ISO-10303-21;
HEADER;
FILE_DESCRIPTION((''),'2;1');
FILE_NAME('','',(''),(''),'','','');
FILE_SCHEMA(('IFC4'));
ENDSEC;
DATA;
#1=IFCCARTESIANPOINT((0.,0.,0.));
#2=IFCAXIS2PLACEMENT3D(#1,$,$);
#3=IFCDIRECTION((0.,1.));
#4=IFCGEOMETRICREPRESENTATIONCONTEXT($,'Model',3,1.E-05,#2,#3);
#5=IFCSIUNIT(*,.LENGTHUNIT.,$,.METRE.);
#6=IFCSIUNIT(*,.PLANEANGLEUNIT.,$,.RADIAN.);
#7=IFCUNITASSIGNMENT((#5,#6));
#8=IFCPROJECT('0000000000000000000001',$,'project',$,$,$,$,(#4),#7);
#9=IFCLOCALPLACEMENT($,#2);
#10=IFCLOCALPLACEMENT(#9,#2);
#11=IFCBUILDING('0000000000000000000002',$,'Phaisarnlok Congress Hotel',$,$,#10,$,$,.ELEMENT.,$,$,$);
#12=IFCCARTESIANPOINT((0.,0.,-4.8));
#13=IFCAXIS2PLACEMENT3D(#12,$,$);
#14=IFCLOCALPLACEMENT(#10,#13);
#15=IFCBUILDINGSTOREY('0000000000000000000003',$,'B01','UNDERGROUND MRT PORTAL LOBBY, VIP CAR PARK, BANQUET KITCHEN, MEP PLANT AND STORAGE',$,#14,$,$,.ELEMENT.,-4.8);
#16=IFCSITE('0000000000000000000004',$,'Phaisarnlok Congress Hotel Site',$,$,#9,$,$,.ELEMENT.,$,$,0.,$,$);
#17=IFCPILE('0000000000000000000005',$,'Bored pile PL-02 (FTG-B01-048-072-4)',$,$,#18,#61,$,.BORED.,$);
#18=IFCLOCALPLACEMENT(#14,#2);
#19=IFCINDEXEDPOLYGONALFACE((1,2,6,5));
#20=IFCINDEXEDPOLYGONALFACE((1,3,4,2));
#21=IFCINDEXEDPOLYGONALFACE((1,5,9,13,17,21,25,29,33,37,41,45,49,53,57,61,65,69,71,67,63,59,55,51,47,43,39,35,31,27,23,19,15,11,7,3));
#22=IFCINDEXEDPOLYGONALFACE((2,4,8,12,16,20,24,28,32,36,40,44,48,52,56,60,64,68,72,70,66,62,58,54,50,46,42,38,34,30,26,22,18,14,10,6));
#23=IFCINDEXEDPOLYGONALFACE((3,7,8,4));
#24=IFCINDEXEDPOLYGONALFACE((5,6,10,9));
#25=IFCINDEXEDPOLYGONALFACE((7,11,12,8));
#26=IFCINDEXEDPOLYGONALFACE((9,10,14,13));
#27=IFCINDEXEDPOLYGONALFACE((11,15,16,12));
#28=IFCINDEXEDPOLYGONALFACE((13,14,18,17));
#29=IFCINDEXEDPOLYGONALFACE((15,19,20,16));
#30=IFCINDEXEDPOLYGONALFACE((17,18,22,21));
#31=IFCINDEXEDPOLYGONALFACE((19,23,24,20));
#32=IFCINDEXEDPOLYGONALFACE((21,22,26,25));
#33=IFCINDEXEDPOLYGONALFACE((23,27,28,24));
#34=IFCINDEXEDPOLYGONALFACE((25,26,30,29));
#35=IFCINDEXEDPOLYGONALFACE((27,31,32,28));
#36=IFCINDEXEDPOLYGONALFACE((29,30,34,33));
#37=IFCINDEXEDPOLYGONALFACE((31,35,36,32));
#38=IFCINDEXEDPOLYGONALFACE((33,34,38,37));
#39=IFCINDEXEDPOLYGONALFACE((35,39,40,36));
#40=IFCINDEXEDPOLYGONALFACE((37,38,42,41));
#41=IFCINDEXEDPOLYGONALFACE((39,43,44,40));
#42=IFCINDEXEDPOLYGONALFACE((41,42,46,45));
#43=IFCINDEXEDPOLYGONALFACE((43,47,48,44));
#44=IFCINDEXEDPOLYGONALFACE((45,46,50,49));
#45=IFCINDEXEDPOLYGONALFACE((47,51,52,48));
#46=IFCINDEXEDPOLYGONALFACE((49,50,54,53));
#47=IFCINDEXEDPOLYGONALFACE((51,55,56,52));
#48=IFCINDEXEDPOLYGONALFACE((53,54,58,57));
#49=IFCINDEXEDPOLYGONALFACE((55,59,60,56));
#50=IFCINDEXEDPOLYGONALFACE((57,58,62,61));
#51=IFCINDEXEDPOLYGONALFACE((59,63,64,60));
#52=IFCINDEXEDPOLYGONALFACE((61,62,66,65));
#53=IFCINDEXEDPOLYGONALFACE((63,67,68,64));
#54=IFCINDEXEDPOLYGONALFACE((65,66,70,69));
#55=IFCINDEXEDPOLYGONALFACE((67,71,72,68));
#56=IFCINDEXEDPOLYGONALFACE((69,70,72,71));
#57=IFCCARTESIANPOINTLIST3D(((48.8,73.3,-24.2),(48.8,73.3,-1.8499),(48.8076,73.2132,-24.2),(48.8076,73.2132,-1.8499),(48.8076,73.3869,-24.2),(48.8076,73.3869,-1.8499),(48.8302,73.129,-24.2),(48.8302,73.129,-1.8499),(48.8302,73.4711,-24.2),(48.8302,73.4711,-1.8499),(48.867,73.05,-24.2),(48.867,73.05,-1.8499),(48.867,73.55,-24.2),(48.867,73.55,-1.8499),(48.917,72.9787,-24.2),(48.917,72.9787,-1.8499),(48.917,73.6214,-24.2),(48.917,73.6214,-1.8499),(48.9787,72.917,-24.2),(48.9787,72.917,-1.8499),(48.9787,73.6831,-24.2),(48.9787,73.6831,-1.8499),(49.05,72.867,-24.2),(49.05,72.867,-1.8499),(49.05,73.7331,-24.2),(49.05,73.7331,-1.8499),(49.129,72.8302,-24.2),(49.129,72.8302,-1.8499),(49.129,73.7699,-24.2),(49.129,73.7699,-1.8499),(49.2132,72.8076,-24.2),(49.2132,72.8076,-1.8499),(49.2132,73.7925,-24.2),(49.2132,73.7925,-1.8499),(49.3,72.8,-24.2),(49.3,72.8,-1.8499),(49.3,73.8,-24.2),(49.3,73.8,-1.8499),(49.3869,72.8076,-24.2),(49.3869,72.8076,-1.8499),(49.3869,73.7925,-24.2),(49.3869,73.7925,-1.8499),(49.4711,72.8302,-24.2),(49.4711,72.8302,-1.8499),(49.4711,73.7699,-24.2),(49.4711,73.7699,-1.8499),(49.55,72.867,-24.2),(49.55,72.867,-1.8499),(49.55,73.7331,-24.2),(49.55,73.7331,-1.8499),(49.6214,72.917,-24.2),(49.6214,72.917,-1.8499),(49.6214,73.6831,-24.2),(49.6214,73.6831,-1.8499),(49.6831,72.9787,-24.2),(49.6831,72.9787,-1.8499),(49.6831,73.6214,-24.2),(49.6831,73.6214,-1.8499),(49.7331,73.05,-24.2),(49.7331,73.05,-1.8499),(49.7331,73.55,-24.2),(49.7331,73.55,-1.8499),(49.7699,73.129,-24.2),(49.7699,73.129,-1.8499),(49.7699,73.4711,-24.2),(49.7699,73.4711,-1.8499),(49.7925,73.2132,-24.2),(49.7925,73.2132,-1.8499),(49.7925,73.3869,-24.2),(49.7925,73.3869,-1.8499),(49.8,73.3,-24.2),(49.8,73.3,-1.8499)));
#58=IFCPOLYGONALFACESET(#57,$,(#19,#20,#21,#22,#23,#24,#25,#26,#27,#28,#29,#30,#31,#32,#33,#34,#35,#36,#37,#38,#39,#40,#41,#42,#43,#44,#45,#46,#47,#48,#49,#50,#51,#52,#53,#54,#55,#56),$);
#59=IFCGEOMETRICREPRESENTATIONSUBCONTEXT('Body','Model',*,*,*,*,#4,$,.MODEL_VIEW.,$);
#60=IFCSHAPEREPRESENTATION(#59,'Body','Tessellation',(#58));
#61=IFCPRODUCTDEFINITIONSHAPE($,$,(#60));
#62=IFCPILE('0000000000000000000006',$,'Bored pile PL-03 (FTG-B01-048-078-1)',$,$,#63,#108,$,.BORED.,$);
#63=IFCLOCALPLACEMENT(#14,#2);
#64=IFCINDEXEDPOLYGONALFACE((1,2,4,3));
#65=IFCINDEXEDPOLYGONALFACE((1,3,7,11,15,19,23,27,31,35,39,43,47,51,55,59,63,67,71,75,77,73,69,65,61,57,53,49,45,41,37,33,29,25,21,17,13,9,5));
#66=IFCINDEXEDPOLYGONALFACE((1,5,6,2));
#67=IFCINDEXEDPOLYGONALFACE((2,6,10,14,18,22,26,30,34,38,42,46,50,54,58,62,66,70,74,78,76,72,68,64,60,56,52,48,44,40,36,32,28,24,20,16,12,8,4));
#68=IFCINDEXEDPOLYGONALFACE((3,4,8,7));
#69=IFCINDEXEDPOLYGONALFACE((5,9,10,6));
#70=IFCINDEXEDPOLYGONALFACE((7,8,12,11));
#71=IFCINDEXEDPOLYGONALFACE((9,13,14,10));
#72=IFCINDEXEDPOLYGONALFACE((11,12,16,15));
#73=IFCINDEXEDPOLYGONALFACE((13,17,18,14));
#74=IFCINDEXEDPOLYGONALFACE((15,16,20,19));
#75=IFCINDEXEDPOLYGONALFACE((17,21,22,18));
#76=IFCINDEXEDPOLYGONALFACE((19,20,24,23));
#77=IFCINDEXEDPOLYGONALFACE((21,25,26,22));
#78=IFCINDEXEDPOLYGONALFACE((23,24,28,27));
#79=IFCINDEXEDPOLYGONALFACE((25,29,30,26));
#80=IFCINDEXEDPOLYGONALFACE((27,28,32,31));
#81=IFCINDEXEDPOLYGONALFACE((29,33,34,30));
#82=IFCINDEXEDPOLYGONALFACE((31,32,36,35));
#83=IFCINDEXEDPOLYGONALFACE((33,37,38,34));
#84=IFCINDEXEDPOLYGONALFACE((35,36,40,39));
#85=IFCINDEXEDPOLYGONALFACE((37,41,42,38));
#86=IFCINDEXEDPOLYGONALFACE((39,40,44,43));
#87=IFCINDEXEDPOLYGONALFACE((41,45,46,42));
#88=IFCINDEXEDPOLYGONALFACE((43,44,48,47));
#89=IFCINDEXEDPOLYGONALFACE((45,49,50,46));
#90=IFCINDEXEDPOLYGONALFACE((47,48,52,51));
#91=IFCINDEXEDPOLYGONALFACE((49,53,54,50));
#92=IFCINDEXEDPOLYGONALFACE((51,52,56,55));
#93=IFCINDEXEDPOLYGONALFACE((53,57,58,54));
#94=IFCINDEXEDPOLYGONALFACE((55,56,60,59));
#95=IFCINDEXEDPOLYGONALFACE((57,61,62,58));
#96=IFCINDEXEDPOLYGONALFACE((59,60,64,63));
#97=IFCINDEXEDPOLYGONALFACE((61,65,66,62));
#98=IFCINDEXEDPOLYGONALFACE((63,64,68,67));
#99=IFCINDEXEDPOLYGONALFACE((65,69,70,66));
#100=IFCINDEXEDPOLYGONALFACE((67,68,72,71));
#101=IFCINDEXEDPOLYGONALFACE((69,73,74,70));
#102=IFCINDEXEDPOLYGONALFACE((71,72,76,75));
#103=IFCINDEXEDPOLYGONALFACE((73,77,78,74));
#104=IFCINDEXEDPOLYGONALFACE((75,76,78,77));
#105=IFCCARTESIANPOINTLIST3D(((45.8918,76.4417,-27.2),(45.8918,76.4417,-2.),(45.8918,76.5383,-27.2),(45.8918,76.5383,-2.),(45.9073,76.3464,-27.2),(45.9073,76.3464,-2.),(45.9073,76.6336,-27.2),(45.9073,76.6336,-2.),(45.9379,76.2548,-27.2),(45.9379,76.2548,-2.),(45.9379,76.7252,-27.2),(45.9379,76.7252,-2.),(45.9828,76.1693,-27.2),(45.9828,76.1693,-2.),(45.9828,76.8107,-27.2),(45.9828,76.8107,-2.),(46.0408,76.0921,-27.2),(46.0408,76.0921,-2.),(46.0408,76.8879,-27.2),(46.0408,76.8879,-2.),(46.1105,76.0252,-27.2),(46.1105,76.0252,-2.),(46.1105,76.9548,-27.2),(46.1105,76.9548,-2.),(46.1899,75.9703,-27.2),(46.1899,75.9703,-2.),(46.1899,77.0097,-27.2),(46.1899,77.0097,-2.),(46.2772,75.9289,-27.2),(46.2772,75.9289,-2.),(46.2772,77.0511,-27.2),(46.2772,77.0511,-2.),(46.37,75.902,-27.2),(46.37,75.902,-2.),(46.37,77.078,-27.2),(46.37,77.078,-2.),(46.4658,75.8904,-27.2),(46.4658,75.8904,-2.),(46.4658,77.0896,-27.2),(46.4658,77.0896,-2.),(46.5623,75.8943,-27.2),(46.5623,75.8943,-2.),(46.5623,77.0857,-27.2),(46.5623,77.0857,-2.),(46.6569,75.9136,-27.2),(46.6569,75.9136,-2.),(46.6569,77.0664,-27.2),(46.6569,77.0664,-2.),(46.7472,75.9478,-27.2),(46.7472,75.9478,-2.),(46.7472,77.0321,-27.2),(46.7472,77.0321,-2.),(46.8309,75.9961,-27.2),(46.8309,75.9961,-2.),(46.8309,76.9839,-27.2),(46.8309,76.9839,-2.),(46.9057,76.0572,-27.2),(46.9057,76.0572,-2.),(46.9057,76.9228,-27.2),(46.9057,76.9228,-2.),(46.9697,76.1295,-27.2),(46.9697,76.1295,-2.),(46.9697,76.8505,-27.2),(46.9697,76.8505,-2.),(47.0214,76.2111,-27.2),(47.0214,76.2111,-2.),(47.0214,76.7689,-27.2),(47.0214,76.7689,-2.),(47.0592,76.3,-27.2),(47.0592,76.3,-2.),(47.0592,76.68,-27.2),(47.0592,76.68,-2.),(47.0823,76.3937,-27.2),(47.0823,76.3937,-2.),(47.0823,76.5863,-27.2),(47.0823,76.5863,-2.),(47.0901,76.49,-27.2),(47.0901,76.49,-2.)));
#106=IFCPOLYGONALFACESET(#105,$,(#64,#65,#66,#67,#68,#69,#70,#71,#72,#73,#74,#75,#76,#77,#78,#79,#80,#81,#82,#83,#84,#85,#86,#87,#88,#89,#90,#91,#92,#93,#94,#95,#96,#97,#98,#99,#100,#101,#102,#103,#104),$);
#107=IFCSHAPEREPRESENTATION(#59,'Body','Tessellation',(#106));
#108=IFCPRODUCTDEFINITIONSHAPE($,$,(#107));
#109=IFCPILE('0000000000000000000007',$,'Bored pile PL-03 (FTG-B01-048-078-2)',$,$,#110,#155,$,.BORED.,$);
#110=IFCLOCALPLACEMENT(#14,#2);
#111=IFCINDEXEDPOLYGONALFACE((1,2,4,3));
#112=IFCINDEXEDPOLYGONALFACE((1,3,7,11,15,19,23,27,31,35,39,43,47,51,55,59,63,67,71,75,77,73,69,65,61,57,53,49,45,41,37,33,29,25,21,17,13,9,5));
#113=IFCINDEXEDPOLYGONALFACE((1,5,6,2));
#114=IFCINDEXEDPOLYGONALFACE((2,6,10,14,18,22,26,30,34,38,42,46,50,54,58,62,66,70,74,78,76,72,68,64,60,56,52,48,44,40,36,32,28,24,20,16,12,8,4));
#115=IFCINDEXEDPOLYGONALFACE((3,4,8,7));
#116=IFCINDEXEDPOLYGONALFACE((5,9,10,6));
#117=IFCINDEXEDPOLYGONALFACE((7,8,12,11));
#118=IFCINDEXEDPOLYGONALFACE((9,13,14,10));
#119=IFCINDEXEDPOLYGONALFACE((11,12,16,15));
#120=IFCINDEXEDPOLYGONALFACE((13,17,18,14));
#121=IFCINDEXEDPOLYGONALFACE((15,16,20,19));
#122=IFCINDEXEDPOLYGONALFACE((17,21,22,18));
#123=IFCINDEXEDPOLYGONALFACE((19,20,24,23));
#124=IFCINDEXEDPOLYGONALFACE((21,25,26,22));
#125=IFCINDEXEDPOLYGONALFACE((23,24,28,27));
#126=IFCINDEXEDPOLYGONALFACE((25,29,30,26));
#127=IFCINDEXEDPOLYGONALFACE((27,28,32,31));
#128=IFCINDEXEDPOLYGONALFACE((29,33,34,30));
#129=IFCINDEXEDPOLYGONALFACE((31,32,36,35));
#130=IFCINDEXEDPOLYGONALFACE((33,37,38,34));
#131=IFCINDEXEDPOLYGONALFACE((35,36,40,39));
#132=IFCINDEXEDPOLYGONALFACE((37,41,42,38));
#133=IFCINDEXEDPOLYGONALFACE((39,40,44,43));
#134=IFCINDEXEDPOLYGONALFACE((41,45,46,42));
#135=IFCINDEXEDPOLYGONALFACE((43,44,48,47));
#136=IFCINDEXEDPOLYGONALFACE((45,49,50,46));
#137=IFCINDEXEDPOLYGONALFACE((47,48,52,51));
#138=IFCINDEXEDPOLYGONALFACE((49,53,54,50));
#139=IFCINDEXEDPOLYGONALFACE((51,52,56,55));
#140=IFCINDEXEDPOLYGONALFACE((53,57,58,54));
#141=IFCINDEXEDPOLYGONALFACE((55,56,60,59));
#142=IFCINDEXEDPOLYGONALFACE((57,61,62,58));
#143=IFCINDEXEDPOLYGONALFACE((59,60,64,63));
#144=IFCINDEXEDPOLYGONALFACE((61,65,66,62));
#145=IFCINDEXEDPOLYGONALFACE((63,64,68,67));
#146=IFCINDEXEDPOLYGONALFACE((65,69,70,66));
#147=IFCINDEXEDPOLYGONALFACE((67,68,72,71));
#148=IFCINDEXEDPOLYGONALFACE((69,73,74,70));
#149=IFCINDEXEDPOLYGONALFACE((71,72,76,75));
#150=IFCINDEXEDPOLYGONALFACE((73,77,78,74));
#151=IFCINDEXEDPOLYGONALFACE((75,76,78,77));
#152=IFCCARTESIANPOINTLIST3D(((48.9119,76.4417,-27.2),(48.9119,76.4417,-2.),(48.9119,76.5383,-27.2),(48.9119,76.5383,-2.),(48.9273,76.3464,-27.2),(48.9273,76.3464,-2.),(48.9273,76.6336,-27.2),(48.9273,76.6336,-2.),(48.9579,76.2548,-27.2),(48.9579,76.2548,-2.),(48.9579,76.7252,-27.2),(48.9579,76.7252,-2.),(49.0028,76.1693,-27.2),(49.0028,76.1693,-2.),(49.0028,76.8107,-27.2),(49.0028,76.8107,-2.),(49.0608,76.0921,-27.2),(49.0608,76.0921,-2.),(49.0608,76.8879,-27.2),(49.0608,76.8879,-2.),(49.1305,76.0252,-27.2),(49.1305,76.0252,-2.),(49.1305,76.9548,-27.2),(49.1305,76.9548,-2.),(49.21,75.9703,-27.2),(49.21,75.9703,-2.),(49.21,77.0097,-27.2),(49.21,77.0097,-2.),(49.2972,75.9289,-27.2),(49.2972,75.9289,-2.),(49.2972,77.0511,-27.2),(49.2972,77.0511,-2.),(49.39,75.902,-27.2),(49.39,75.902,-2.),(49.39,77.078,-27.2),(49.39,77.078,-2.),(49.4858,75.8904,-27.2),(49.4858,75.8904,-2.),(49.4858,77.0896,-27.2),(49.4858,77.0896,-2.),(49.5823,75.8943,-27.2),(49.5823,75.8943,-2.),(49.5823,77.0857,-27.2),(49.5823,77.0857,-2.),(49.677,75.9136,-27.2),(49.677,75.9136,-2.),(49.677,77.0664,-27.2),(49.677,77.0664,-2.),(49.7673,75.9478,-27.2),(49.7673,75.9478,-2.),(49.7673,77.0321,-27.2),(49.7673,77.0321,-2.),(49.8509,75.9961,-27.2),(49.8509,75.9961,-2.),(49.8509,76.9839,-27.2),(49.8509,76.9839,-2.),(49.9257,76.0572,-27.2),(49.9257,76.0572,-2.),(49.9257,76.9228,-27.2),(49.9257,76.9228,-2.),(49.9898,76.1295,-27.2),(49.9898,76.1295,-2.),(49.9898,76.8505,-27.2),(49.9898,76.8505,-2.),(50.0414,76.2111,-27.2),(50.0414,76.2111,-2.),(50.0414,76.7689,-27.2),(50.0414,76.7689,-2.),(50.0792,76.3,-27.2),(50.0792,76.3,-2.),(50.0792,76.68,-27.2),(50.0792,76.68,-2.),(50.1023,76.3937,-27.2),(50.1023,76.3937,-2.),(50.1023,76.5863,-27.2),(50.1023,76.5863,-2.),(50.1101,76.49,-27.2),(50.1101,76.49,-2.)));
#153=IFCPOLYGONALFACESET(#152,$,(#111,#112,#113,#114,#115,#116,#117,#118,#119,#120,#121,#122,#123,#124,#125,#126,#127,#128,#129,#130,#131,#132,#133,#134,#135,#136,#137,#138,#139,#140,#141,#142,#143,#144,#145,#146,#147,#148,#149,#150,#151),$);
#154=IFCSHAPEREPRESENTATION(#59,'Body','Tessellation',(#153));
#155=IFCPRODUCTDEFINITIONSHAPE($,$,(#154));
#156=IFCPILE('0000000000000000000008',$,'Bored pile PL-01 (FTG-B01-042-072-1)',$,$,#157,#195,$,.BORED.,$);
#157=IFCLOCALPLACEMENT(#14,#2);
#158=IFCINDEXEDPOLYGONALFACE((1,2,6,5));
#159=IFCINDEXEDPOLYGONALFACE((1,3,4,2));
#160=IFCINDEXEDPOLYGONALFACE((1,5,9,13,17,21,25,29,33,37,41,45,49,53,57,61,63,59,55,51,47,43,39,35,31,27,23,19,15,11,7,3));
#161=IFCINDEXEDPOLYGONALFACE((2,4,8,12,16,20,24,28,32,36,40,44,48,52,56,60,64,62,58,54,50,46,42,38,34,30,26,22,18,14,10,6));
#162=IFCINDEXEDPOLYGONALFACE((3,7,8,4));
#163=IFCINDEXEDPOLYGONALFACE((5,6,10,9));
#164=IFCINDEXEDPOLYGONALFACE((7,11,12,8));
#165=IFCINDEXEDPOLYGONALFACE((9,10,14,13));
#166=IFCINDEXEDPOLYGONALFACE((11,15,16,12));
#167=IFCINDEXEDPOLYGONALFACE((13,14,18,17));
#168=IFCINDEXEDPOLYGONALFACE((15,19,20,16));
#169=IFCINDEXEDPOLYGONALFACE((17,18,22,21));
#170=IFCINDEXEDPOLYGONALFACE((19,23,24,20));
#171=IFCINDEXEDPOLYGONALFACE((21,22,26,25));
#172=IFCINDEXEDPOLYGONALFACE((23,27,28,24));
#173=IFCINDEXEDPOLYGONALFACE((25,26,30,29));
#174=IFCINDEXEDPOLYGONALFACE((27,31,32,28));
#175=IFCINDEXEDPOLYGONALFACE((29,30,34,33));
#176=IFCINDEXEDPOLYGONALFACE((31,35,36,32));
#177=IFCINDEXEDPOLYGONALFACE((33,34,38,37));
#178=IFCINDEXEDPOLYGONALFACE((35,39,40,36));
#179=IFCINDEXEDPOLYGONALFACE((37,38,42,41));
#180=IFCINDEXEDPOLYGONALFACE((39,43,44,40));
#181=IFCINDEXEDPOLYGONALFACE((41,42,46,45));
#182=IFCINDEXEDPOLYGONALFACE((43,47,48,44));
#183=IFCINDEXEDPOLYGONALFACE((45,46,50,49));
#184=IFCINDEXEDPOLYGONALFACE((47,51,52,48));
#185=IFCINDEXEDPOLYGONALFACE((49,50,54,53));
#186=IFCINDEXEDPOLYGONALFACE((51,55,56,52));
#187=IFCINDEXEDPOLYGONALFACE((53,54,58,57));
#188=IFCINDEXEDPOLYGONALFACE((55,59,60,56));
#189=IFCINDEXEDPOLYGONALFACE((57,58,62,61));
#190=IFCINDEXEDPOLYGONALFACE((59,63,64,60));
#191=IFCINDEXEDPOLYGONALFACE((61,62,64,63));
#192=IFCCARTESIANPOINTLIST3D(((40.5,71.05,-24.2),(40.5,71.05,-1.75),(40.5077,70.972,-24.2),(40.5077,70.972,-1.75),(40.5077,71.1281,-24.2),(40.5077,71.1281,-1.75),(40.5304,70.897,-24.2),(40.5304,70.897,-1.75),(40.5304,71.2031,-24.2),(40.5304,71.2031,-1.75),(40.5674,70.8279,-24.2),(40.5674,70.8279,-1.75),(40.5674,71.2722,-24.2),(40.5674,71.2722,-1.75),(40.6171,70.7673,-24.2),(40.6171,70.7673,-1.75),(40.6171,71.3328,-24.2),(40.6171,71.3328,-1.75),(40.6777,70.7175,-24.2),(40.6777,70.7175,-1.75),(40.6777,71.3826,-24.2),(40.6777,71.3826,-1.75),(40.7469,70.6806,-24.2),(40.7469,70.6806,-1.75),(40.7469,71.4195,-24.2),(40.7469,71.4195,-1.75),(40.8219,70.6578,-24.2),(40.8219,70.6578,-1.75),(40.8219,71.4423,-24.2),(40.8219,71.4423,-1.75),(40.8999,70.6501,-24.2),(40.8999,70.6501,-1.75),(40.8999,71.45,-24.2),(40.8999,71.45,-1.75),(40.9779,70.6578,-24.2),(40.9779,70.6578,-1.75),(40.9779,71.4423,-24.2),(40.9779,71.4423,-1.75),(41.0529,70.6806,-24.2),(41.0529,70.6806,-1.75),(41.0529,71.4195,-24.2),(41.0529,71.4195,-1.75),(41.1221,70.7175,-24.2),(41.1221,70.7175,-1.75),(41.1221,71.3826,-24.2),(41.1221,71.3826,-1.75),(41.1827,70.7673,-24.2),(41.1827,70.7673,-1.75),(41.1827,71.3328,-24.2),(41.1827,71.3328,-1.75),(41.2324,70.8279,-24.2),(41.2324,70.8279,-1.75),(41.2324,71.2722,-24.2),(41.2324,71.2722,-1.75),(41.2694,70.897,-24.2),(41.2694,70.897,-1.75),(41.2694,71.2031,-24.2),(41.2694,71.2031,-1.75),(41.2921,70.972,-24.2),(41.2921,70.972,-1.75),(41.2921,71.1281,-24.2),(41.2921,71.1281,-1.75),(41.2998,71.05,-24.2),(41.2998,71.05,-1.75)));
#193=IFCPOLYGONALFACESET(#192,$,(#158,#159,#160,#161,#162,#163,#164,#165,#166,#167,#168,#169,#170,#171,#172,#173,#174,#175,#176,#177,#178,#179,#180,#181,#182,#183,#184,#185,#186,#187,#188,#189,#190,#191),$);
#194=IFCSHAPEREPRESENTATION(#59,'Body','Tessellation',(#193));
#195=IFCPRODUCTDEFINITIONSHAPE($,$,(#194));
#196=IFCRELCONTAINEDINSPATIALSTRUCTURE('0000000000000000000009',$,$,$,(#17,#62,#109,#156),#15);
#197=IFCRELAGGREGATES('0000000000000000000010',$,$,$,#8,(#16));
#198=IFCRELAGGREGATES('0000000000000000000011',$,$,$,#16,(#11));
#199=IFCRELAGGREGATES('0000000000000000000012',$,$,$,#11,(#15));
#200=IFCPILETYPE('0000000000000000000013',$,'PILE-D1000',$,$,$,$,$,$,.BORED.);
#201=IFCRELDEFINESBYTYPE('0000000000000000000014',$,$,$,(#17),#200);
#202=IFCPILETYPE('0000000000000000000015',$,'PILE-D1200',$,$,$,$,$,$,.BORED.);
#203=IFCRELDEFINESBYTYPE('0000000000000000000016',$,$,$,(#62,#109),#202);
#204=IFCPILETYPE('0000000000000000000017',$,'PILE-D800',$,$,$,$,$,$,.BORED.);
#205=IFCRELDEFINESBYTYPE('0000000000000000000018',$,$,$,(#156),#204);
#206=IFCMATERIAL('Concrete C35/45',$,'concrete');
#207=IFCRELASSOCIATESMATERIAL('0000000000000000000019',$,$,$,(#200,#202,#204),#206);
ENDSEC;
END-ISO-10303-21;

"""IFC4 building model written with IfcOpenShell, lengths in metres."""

from ifc_helpers import new_model, si_unit, direction, frame, origin, origin_2d, place, context, subcontext, project, spatial, circle, extrude, material, material_profile, profile_set, type_object, element, save


model = new_model("IFC4")

# Units and contexts
model_context = context("Model", 3, precision=1e-05, world=origin(), true_north=direction((0.0, 1.0)))
body_context = subcontext(model_context, "Body", "Model", "MODEL_VIEW")
ifc_project = project(units=[si_unit("LENGTHUNIT", "METRE"), si_unit("PLANEANGLEUNIT", "RADIAN")], contexts=[model_context])

# Site, building, storey
site_placement = place(None, origin())
site = spatial("IfcSite", under=ifc_project, at=site_placement, Name="Phaisarnlok Congress Hotel Site", CompositionType="ELEMENT", RefElevation=0.0)
building_placement = place(site_placement, origin())
building = spatial("IfcBuilding", under=site, at=building_placement, Name="Phaisarnlok Congress Hotel", CompositionType="ELEMENT")
storey_placement = place(building_placement, frame((0.0, 0.0, -4.8)))
storey = spatial("IfcBuildingStorey", under=building, at=storey_placement, Name="B01", Description="UNDERGROUND MRT PORTAL LOBBY, VIP CAR PARK, BANQUET KITCHEN, MEP PLANT AND STORAGE", CompositionType="ELEMENT", Elevation=-4.8)

# Piles
ifc_material_1 = material(Name="Concrete C35/45", Category="concrete")
ifc_material_profile_1 = material_profile(ifc_material_1, circle(Radius=0.5, at=origin_2d()), Name="BORED PILE D1000")
ifc_profile_set_1 = profile_set([ifc_material_profile_1], Name="Concrete C35/45")
pile_type_1 = type_object("IfcPileType", Name="PILE-D1000", PredefinedType="BORED", material=ifc_profile_set_1)
for number, where, z_axis, x_axis, name in (
    (1, (49.3, 73.3, -1.8499), (0.0, 0.0, -1.0), (1.0, 0.0, 0.0), "Bored pile PL-02 (FTG-B01-048-072-4)"),
):
    element("IfcPile", number, at=place(storey_placement, frame(where, z_axis=z_axis, x_axis=x_axis)), inside=storey, type_object=pile_type_1, Name=name, PredefinedType="BORED", context=body_context, shape_type="SweptSolid", body=[
        extrude(circle(Radius=0.5, at=origin_2d()), origin(), (0.0, 0.0, 1.0), 22.3501),
    ])
ifc_material_profile_2 = material_profile(ifc_material_1, circle(Radius=0.6001, at=origin_2d()), Name="BORED PILE D1200")
ifc_profile_set_2 = profile_set([ifc_material_profile_2], Name="Concrete C35/45")
pile_type_2 = type_object("IfcPileType", Name="PILE-D1200", PredefinedType="BORED", material=ifc_profile_set_2)
for number, where, z_axis, x_axis, name in (
    (2, (46.49, 76.49, -2.0), (0.0, 0.0, -1.0), (1.0, 0.0, 0.0), "Bored pile PL-03 (FTG-B01-048-078-1)"),
    (3, (49.51, 76.49, -2.0), (0.0, 0.0, -1.0), (1.0, 0.0, 0.0), "Bored pile PL-03 (FTG-B01-048-078-2)"),
):
    element("IfcPile", number, at=place(storey_placement, frame(where, z_axis=z_axis, x_axis=x_axis)), inside=storey, type_object=pile_type_2, Name=name, PredefinedType="BORED", context=body_context, shape_type="SweptSolid", body=[
        extrude(circle(Radius=0.6001, at=origin_2d()), origin(), (0.0, 0.0, 1.0), 25.2),
    ])
ifc_material_profile_3 = material_profile(ifc_material_1, circle(Radius=0.3999, at=origin_2d()), Name="BORED PILE D800")
ifc_profile_set_3 = profile_set([ifc_material_profile_3], Name="Concrete C35/45")
pile_type_3 = type_object("IfcPileType", Name="PILE-D800", PredefinedType="BORED", material=ifc_profile_set_3)
for number, where, z_axis, x_axis, name in (
    (4, (40.8999, 71.05, -1.75), (0.0, 0.0, -1.0), (1.0, 0.0, 0.0), "Bored pile PL-01 (FTG-B01-042-072-1)"),
):
    element("IfcPile", number, at=place(storey_placement, frame(where, z_axis=z_axis, x_axis=x_axis)), inside=storey, type_object=pile_type_3, Name=name, PredefinedType="BORED", context=body_context, shape_type="SweptSolid", body=[
        extrude(circle(Radius=0.3999, at=origin_2d()), origin(), (0.0, 0.0, 1.0), 22.45),
    ])

save(model, "model.ifc")
